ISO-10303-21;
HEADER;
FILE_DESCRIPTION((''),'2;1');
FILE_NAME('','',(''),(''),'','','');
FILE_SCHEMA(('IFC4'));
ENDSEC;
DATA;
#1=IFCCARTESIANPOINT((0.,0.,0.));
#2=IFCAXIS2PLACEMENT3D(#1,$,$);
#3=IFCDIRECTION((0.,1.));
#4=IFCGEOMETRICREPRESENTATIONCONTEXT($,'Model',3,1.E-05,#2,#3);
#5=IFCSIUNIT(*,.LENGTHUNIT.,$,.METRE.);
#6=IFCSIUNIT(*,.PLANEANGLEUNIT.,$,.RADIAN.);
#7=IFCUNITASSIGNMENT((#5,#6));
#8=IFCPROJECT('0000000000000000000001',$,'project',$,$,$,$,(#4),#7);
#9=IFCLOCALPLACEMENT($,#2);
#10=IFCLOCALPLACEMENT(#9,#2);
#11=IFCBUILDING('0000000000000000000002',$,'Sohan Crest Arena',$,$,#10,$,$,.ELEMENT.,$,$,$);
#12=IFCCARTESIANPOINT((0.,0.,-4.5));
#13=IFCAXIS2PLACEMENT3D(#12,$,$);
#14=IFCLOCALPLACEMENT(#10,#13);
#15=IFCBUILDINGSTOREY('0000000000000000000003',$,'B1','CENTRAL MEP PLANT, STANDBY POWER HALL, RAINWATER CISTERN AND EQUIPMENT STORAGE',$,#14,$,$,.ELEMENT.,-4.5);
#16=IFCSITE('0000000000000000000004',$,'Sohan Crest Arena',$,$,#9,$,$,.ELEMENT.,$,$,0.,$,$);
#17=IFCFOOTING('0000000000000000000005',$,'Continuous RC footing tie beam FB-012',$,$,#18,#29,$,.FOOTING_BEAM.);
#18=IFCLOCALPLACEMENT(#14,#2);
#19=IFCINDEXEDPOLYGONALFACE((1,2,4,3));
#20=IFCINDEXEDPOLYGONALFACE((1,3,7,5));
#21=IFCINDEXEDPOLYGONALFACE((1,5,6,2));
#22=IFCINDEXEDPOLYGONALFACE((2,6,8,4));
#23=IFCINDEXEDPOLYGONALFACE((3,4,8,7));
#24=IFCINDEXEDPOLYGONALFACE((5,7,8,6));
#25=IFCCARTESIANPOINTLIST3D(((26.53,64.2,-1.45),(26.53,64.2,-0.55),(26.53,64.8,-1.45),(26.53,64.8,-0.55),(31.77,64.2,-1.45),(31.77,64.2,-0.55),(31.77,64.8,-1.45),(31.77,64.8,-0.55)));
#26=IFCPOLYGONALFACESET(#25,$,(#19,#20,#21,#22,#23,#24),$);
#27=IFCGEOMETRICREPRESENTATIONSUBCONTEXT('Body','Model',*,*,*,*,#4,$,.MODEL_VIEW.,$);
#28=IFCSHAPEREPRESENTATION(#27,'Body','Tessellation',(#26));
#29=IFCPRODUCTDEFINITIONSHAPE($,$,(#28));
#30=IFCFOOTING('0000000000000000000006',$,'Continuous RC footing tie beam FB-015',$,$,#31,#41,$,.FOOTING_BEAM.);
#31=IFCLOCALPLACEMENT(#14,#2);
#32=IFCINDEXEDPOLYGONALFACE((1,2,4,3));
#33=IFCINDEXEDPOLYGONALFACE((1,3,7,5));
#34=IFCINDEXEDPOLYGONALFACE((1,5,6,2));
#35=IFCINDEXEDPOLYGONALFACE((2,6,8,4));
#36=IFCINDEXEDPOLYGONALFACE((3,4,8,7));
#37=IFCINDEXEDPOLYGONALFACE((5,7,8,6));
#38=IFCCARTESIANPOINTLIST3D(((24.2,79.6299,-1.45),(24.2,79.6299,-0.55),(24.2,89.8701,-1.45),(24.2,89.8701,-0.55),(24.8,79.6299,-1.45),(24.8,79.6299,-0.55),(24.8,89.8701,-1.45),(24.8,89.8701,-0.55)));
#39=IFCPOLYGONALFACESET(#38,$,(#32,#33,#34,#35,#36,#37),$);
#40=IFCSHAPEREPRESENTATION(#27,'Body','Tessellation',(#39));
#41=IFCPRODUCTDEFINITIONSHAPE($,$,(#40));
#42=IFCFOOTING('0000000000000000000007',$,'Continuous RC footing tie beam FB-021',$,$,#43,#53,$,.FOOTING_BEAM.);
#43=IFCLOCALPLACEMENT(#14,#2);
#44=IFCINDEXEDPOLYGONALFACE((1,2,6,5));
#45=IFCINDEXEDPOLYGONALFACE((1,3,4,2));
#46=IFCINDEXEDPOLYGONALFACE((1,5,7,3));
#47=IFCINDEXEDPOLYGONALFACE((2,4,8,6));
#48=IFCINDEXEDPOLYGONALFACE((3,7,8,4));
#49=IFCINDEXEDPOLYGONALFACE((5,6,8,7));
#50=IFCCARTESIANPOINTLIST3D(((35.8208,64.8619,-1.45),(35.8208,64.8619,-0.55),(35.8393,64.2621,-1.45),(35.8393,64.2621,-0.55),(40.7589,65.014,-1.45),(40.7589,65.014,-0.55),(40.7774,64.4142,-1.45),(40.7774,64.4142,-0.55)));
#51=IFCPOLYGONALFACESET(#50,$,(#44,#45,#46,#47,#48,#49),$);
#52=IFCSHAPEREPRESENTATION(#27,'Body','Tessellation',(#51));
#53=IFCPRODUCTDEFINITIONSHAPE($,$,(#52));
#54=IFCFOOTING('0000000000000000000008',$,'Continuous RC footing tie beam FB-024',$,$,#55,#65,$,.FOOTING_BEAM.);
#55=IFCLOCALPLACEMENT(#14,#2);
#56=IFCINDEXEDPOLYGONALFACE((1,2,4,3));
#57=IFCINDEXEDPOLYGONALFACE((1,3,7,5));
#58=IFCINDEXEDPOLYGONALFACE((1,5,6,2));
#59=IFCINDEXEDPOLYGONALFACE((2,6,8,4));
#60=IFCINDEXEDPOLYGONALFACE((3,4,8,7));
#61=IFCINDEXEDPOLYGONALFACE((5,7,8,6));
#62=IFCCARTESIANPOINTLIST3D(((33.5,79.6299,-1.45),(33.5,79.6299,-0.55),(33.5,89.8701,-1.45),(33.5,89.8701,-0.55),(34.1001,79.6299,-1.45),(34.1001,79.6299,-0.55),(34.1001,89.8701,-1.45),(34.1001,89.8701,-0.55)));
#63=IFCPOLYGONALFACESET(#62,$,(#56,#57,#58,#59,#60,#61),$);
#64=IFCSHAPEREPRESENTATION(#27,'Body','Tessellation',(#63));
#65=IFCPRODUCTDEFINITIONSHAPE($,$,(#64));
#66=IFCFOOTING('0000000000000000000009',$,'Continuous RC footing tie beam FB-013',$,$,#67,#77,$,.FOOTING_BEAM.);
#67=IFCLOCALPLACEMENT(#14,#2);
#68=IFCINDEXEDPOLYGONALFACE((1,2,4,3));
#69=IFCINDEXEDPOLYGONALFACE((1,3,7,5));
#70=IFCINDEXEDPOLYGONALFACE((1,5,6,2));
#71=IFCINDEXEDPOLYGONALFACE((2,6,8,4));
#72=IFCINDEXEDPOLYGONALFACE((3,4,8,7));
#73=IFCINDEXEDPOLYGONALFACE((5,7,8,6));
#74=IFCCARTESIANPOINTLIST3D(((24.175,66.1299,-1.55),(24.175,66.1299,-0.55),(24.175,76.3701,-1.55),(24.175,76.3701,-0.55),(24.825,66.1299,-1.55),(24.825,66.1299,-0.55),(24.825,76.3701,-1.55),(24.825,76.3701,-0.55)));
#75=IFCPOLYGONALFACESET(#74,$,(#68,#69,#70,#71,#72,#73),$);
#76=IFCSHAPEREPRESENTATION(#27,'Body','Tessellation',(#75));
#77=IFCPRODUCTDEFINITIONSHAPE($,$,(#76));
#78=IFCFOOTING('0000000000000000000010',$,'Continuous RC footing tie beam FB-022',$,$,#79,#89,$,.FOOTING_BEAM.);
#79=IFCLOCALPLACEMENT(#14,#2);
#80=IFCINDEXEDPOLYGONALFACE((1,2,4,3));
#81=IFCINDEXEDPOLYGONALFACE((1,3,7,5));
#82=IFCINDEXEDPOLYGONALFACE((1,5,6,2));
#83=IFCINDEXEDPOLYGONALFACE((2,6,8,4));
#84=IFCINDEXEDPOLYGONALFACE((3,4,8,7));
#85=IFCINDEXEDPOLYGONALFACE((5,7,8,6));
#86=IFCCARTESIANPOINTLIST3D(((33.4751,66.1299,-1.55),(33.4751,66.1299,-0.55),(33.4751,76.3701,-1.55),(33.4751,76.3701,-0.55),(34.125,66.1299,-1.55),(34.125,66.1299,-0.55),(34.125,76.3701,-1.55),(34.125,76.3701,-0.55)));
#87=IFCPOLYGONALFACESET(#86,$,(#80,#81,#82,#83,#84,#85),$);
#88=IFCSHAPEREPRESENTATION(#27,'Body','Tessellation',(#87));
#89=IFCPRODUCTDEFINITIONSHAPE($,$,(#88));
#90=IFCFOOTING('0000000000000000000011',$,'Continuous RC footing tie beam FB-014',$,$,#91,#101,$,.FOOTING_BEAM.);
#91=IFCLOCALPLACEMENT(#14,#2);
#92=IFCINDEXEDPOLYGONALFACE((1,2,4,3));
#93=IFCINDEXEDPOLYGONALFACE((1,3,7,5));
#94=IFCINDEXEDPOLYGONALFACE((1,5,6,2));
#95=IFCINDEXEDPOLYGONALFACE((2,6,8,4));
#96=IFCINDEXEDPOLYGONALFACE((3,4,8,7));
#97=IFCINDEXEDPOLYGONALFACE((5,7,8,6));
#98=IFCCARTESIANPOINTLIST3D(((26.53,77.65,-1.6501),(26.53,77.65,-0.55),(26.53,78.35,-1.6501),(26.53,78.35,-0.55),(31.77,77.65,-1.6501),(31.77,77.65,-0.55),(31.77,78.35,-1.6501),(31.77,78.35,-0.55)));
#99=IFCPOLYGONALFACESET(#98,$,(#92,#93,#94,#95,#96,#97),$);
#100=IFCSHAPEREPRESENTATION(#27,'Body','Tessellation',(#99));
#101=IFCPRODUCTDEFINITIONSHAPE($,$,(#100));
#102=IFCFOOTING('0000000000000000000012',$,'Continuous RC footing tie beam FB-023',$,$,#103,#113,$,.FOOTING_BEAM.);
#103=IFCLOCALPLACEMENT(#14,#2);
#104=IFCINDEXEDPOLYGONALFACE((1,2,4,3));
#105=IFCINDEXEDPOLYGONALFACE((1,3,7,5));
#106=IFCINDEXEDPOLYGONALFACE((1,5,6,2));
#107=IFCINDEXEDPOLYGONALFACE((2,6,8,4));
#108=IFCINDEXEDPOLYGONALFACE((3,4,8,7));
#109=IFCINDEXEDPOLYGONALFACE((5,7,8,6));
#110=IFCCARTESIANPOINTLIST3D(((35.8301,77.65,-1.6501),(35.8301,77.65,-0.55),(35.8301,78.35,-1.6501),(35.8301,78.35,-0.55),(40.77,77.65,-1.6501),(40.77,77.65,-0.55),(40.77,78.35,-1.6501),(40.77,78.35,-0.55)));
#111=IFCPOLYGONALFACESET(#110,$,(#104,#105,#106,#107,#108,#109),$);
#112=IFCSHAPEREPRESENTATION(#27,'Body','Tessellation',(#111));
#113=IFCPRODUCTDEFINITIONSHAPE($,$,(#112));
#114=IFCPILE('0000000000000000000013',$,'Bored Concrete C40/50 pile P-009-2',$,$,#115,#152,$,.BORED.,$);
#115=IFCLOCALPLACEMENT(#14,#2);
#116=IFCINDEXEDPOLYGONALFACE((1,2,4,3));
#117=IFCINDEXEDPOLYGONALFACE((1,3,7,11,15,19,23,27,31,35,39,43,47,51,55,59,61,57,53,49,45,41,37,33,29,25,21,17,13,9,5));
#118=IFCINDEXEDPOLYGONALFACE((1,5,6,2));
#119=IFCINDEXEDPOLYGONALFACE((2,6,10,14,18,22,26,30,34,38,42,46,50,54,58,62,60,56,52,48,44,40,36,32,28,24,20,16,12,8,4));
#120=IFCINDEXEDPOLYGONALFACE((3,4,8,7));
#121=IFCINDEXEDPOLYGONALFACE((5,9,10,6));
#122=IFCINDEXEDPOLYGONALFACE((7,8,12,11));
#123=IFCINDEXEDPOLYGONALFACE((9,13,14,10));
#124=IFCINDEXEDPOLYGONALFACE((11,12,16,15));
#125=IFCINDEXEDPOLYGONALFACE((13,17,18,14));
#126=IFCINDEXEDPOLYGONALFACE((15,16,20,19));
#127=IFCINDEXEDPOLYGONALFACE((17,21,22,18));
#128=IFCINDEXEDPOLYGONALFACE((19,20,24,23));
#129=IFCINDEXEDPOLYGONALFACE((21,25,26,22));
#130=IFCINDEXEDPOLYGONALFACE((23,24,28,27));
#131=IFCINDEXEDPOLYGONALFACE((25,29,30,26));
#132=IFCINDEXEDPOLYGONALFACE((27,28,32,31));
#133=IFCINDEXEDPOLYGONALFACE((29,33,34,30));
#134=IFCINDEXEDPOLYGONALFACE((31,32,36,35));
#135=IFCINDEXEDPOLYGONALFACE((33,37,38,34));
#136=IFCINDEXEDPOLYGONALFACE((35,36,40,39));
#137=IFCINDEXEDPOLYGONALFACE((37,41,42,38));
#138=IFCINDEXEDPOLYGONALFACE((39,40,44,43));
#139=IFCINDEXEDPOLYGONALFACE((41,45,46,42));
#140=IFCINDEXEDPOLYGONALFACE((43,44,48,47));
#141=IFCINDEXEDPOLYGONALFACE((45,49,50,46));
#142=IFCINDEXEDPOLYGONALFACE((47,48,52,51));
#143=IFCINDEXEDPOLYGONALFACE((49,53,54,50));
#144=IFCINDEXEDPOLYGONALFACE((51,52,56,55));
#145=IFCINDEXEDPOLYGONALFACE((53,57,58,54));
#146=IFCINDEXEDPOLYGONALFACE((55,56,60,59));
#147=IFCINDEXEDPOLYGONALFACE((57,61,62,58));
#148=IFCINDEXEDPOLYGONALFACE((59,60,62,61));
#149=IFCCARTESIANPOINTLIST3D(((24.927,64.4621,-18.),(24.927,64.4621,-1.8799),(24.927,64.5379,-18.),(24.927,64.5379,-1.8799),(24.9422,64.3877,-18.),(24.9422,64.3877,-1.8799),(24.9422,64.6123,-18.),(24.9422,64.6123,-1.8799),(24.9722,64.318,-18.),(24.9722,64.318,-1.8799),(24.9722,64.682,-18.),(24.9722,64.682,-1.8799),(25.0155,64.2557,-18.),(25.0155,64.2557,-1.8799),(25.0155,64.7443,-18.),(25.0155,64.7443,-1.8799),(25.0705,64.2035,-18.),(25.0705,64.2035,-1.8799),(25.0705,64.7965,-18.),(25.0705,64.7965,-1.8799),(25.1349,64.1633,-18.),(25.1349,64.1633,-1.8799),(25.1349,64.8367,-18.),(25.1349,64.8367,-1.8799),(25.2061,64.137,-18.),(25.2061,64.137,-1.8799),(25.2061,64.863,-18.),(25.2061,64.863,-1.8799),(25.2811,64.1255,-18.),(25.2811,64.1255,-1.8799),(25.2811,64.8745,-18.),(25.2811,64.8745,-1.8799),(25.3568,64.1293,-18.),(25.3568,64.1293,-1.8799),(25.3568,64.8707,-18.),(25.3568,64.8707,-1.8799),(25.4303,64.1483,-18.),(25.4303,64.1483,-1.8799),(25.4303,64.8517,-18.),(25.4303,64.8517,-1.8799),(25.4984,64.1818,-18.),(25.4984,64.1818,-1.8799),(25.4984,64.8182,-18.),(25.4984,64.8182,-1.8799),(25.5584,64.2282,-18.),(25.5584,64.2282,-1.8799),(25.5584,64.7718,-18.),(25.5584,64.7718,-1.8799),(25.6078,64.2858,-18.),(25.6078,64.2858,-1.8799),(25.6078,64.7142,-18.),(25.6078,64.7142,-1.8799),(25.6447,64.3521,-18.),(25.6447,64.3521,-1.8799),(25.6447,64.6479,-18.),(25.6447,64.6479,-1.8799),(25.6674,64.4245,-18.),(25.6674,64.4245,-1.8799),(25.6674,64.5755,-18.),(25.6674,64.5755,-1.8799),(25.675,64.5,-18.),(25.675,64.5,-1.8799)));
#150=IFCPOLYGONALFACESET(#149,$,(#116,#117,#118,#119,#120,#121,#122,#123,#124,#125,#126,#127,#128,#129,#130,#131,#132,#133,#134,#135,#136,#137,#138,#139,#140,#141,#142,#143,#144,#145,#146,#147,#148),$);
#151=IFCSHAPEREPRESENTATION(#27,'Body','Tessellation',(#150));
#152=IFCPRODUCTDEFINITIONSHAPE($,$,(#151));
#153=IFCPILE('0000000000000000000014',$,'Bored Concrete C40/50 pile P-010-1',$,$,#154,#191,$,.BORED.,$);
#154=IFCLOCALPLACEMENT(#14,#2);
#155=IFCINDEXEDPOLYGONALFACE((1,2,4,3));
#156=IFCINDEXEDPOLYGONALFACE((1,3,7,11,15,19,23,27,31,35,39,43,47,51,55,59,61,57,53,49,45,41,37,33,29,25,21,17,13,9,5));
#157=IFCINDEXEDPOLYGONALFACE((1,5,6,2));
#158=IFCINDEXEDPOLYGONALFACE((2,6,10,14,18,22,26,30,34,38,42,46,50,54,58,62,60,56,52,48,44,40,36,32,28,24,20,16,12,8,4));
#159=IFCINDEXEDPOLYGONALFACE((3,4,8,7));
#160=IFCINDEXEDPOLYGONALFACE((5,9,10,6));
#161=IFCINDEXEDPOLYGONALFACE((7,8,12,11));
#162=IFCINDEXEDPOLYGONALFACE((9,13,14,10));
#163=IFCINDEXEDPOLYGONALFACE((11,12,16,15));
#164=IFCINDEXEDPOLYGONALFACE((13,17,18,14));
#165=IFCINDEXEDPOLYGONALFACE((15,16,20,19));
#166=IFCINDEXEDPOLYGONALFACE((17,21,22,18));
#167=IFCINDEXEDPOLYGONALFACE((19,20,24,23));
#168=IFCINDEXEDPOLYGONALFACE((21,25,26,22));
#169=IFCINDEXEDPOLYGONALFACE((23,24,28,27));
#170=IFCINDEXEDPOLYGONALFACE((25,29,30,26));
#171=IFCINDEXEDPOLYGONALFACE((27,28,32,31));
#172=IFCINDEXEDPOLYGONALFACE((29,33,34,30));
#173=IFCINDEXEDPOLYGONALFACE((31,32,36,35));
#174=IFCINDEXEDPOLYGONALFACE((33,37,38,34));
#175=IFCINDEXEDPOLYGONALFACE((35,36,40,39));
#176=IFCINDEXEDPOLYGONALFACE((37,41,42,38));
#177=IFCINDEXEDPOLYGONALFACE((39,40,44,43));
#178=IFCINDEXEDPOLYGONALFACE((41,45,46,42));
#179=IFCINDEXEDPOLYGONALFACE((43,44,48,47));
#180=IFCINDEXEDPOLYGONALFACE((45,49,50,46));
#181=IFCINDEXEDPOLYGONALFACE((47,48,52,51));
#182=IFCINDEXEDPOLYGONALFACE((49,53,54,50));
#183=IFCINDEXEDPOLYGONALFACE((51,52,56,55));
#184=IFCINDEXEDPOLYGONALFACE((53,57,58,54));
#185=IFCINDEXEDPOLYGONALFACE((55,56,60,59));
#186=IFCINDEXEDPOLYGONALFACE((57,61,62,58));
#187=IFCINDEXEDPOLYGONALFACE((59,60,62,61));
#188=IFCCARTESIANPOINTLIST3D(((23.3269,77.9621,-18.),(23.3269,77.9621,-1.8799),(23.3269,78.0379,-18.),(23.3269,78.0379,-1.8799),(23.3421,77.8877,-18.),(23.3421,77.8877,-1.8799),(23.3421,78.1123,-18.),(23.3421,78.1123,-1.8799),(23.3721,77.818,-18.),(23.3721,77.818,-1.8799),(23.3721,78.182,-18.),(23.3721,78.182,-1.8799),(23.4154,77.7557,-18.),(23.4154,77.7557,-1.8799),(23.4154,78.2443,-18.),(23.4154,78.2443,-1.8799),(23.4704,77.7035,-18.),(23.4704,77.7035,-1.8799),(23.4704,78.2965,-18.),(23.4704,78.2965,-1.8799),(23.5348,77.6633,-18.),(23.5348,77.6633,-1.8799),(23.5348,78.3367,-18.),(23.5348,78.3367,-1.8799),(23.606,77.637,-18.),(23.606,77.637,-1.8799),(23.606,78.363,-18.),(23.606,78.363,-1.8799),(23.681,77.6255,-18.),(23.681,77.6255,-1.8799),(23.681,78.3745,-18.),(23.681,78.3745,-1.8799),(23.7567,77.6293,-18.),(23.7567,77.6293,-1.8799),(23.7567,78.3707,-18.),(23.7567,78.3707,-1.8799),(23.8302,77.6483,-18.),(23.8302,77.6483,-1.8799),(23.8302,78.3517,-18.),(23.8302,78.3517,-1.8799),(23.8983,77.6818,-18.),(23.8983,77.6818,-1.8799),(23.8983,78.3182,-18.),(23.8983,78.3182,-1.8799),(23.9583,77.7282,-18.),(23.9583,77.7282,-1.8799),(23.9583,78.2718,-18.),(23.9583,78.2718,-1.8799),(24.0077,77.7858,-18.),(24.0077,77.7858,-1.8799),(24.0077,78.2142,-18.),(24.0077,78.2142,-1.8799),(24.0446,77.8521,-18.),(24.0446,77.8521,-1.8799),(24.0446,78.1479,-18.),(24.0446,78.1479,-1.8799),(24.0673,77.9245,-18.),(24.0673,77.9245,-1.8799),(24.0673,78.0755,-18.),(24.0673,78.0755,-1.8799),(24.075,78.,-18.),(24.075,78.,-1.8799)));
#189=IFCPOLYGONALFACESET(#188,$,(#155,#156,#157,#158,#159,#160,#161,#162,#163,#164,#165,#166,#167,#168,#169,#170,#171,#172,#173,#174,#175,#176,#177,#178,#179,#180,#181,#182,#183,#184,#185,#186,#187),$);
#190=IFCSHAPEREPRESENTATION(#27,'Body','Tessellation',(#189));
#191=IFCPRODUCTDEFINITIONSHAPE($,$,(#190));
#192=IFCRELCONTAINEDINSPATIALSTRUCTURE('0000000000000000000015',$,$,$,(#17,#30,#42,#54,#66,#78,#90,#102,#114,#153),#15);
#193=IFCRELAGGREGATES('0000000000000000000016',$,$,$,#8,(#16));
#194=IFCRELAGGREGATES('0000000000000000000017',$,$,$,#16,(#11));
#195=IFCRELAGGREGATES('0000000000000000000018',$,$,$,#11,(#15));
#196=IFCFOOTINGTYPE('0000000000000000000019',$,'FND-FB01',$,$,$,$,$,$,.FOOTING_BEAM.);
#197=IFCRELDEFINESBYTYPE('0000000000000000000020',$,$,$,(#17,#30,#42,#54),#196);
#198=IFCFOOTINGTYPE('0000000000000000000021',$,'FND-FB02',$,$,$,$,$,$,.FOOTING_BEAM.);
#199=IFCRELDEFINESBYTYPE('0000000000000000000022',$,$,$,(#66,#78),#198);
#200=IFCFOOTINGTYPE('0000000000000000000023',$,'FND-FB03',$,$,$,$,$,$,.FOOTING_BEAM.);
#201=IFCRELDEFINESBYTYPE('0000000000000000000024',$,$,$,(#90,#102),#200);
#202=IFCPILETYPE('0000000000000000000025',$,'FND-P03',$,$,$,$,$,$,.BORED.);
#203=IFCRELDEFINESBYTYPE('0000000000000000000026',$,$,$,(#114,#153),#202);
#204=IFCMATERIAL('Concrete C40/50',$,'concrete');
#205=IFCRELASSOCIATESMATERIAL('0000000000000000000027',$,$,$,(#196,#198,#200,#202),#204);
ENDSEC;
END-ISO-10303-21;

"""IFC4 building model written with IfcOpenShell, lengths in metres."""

from ifc_helpers import new_model, si_unit, direction, frame, origin, origin_2d, place, context, subcontext, project, spatial, rectangle, circle, extrude, material, material_profile, profile_set, type_object, element, save


model = new_model("IFC4")

# Units and contexts
model_context = context("Model", 3, precision=1e-05, world=origin(), true_north=direction((0.0, 1.0)))
body_context = subcontext(model_context, "Body", "Model", "MODEL_VIEW")
ifc_project = project(units=[si_unit("LENGTHUNIT", "METRE"), si_unit("PLANEANGLEUNIT", "RADIAN")], contexts=[model_context])

# Site, building, storey
site_placement = place(None, origin())
site = spatial("IfcSite", under=ifc_project, at=site_placement, Name="Sohan Crest Arena", CompositionType="ELEMENT", RefElevation=0.0)
building_placement = place(site_placement, origin())
building = spatial("IfcBuilding", under=site, at=building_placement, Name="Sohan Crest Arena", CompositionType="ELEMENT")
storey_placement = place(building_placement, frame((0.0, 0.0, -4.5)))
storey = spatial("IfcBuildingStorey", under=building, at=storey_placement, Name="B1", Description="CENTRAL MEP PLANT, STANDBY POWER HALL, RAINWATER CISTERN AND EQUIPMENT STORAGE", CompositionType="ELEMENT", Elevation=-4.5)

# Footings
ifc_material = material(Name="Concrete C40/50", Category="concrete")
ifc_material_profile_1 = material_profile(ifc_material, rectangle(XDim=0.6001, YDim=0.8999, at=origin_2d()), Name="RC-FB 600x900")
ifc_profile_set_1 = profile_set([ifc_material_profile_1], Name="Concrete C40/50")
footing_type_1 = type_object("IfcFootingType", Name="FND-FB01", PredefinedType="FOOTING_BEAM", material=ifc_profile_set_1)
footing_1_placement = place(storey_placement, frame((26.53, 64.5, -1.0), z_axis=(1.0, 0.0, 0.0), x_axis=(0.0, 1.0, 0.0)))
element("IfcFooting", 1, at=footing_1_placement, inside=storey, type_object=footing_type_1, Name="Continuous RC footing tie beam FB-012", PredefinedType="FOOTING_BEAM", context=body_context, shape_type="SweptSolid", body=[
    extrude(rectangle(XDim=0.6001, YDim=0.8999, at=origin_2d()), origin(), (0.0, 0.0, 1.0), 5.24),
])
footing_2_placement = place(storey_placement, frame((24.5, 79.6299, -1.0), z_axis=(0.0, 1.0, 0.0), x_axis=(-1.0, 0.0, 0.0)))
element("IfcFooting", 2, at=footing_2_placement, inside=storey, type_object=footing_type_1, Name="Continuous RC footing tie beam FB-015", PredefinedType="FOOTING_BEAM", context=body_context, shape_type="SweptSolid", body=[
    extrude(rectangle(XDim=0.6001, YDim=0.8999, at=origin_2d()), origin(), (0.0, 0.0, 1.0), 10.2402),
])
footing_3_placement = place(storey_placement, frame((35.8301, 64.562, -1.0), z_axis=(0.999526, 0.030787, 0.0), x_axis=(-0.030787, 0.999526, 0.0)))
element("IfcFooting", 3, at=footing_3_placement, inside=storey, type_object=footing_type_1, Name="Continuous RC footing tie beam FB-021", PredefinedType="FOOTING_BEAM", context=body_context, shape_type="SweptSolid", body=[
    extrude(rectangle(XDim=0.6001, YDim=0.8999, at=origin_2d()), origin(), (0.0, 0.0, 1.0), 4.9404),
])
footing_4_placement = place(storey_placement, frame((33.8, 79.6299, -1.0), z_axis=(0.0, 1.0, 0.0), x_axis=(-1.0, 0.0, 0.0)))
element("IfcFooting", 4, at=footing_4_placement, inside=storey, type_object=footing_type_1, Name="Continuous RC footing tie beam FB-024", PredefinedType="FOOTING_BEAM", context=body_context, shape_type="SweptSolid", body=[
    extrude(rectangle(XDim=0.6001, YDim=0.8999, at=origin_2d()), origin(), (0.0, 0.0, 1.0), 10.2402),
])
ifc_material_profile_2 = material_profile(ifc_material, rectangle(XDim=0.6499, YDim=1.0, at=origin_2d()), Name="RC-FB 650x1000")
ifc_profile_set_2 = profile_set([ifc_material_profile_2], Name="Concrete C40/50")
footing_type_2 = type_object("IfcFootingType", Name="FND-FB02", PredefinedType="FOOTING_BEAM", material=ifc_profile_set_2)
for number, where, z_axis, x_axis, name in (
    (5, (24.5, 66.1299, -1.05), (0.0, 1.0, 0.0), (-1.0, 0.0, 0.0), "Continuous RC footing tie beam FB-013"),
    (6, (33.8, 66.1299, -1.05), (0.0, 1.0, 0.0), (-1.0, 0.0, 0.0), "Continuous RC footing tie beam FB-022"),
):
    element("IfcFooting", number, at=place(storey_placement, frame(where, z_axis=z_axis, x_axis=x_axis)), inside=storey, type_object=footing_type_2, Name=name, PredefinedType="FOOTING_BEAM", context=body_context, shape_type="SweptSolid", body=[
        extrude(rectangle(XDim=0.6499, YDim=1.0, at=origin_2d()), origin(), (0.0, 0.0, 1.0), 10.2402),
    ])
ifc_material_profile_3 = material_profile(ifc_material, rectangle(XDim=0.7, YDim=1.1001, at=origin_2d()), Name="RC-FB 700x1100")
ifc_profile_set_3 = profile_set([ifc_material_profile_3], Name="Concrete C40/50")
footing_type_3 = type_object("IfcFootingType", Name="FND-FB03", PredefinedType="FOOTING_BEAM", material=ifc_profile_set_3)
footing_5_placement = place(storey_placement, frame((26.53, 78.0, -1.1001), z_axis=(1.0, 0.0, 0.0), x_axis=(0.0, 1.0, 0.0)))
element("IfcFooting", 7, at=footing_5_placement, inside=storey, type_object=footing_type_3, Name="Continuous RC footing tie beam FB-014", PredefinedType="FOOTING_BEAM", context=body_context, shape_type="SweptSolid", body=[
    extrude(rectangle(XDim=0.7, YDim=1.1001, at=origin_2d()), origin(), (0.0, 0.0, 1.0), 5.24),
])
footing_6_placement = place(storey_placement, frame((35.8301, 78.0, -1.1001), z_axis=(1.0, 0.0, 0.0), x_axis=(0.0, 1.0, 0.0)))
element("IfcFooting", 8, at=footing_6_placement, inside=storey, type_object=footing_type_3, Name="Continuous RC footing tie beam FB-023", PredefinedType="FOOTING_BEAM", context=body_context, shape_type="SweptSolid", body=[
    extrude(rectangle(XDim=0.7, YDim=1.1001, at=origin_2d()), origin(), (0.0, 0.0, 1.0), 4.9399),
])

# Piles
ifc_material_profile_4 = material_profile(ifc_material, circle(Radius=0.375, at=origin_2d()), Name="PILE D750")
ifc_profile_set_4 = profile_set([ifc_material_profile_4], Name="Concrete C40/50")
pile_type = type_object("IfcPileType", Name="FND-P03", PredefinedType="BORED", material=ifc_profile_set_4)
for number, where, z_axis, x_axis, name in (
    (9, (25.3, 64.5, -18.0), (0.0, 0.0, 1.0), (1.0, 0.0, 0.0), "Bored Concrete C40/50 pile P-009-2"),
    (10, (23.7, 78.0, -18.0), (0.0, 0.0, 1.0), (1.0, 0.0, 0.0), "Bored Concrete C40/50 pile P-010-1"),
):
    element("IfcPile", number, at=place(storey_placement, frame(where, z_axis=z_axis, x_axis=x_axis)), inside=storey, type_object=pile_type, Name=name, PredefinedType="BORED", context=body_context, shape_type="SweptSolid", body=[
        extrude(circle(Radius=0.375, at=origin_2d()), origin(), (0.0, 0.0, 1.0), 16.1201),
    ])

save(model, "model.ifc")
